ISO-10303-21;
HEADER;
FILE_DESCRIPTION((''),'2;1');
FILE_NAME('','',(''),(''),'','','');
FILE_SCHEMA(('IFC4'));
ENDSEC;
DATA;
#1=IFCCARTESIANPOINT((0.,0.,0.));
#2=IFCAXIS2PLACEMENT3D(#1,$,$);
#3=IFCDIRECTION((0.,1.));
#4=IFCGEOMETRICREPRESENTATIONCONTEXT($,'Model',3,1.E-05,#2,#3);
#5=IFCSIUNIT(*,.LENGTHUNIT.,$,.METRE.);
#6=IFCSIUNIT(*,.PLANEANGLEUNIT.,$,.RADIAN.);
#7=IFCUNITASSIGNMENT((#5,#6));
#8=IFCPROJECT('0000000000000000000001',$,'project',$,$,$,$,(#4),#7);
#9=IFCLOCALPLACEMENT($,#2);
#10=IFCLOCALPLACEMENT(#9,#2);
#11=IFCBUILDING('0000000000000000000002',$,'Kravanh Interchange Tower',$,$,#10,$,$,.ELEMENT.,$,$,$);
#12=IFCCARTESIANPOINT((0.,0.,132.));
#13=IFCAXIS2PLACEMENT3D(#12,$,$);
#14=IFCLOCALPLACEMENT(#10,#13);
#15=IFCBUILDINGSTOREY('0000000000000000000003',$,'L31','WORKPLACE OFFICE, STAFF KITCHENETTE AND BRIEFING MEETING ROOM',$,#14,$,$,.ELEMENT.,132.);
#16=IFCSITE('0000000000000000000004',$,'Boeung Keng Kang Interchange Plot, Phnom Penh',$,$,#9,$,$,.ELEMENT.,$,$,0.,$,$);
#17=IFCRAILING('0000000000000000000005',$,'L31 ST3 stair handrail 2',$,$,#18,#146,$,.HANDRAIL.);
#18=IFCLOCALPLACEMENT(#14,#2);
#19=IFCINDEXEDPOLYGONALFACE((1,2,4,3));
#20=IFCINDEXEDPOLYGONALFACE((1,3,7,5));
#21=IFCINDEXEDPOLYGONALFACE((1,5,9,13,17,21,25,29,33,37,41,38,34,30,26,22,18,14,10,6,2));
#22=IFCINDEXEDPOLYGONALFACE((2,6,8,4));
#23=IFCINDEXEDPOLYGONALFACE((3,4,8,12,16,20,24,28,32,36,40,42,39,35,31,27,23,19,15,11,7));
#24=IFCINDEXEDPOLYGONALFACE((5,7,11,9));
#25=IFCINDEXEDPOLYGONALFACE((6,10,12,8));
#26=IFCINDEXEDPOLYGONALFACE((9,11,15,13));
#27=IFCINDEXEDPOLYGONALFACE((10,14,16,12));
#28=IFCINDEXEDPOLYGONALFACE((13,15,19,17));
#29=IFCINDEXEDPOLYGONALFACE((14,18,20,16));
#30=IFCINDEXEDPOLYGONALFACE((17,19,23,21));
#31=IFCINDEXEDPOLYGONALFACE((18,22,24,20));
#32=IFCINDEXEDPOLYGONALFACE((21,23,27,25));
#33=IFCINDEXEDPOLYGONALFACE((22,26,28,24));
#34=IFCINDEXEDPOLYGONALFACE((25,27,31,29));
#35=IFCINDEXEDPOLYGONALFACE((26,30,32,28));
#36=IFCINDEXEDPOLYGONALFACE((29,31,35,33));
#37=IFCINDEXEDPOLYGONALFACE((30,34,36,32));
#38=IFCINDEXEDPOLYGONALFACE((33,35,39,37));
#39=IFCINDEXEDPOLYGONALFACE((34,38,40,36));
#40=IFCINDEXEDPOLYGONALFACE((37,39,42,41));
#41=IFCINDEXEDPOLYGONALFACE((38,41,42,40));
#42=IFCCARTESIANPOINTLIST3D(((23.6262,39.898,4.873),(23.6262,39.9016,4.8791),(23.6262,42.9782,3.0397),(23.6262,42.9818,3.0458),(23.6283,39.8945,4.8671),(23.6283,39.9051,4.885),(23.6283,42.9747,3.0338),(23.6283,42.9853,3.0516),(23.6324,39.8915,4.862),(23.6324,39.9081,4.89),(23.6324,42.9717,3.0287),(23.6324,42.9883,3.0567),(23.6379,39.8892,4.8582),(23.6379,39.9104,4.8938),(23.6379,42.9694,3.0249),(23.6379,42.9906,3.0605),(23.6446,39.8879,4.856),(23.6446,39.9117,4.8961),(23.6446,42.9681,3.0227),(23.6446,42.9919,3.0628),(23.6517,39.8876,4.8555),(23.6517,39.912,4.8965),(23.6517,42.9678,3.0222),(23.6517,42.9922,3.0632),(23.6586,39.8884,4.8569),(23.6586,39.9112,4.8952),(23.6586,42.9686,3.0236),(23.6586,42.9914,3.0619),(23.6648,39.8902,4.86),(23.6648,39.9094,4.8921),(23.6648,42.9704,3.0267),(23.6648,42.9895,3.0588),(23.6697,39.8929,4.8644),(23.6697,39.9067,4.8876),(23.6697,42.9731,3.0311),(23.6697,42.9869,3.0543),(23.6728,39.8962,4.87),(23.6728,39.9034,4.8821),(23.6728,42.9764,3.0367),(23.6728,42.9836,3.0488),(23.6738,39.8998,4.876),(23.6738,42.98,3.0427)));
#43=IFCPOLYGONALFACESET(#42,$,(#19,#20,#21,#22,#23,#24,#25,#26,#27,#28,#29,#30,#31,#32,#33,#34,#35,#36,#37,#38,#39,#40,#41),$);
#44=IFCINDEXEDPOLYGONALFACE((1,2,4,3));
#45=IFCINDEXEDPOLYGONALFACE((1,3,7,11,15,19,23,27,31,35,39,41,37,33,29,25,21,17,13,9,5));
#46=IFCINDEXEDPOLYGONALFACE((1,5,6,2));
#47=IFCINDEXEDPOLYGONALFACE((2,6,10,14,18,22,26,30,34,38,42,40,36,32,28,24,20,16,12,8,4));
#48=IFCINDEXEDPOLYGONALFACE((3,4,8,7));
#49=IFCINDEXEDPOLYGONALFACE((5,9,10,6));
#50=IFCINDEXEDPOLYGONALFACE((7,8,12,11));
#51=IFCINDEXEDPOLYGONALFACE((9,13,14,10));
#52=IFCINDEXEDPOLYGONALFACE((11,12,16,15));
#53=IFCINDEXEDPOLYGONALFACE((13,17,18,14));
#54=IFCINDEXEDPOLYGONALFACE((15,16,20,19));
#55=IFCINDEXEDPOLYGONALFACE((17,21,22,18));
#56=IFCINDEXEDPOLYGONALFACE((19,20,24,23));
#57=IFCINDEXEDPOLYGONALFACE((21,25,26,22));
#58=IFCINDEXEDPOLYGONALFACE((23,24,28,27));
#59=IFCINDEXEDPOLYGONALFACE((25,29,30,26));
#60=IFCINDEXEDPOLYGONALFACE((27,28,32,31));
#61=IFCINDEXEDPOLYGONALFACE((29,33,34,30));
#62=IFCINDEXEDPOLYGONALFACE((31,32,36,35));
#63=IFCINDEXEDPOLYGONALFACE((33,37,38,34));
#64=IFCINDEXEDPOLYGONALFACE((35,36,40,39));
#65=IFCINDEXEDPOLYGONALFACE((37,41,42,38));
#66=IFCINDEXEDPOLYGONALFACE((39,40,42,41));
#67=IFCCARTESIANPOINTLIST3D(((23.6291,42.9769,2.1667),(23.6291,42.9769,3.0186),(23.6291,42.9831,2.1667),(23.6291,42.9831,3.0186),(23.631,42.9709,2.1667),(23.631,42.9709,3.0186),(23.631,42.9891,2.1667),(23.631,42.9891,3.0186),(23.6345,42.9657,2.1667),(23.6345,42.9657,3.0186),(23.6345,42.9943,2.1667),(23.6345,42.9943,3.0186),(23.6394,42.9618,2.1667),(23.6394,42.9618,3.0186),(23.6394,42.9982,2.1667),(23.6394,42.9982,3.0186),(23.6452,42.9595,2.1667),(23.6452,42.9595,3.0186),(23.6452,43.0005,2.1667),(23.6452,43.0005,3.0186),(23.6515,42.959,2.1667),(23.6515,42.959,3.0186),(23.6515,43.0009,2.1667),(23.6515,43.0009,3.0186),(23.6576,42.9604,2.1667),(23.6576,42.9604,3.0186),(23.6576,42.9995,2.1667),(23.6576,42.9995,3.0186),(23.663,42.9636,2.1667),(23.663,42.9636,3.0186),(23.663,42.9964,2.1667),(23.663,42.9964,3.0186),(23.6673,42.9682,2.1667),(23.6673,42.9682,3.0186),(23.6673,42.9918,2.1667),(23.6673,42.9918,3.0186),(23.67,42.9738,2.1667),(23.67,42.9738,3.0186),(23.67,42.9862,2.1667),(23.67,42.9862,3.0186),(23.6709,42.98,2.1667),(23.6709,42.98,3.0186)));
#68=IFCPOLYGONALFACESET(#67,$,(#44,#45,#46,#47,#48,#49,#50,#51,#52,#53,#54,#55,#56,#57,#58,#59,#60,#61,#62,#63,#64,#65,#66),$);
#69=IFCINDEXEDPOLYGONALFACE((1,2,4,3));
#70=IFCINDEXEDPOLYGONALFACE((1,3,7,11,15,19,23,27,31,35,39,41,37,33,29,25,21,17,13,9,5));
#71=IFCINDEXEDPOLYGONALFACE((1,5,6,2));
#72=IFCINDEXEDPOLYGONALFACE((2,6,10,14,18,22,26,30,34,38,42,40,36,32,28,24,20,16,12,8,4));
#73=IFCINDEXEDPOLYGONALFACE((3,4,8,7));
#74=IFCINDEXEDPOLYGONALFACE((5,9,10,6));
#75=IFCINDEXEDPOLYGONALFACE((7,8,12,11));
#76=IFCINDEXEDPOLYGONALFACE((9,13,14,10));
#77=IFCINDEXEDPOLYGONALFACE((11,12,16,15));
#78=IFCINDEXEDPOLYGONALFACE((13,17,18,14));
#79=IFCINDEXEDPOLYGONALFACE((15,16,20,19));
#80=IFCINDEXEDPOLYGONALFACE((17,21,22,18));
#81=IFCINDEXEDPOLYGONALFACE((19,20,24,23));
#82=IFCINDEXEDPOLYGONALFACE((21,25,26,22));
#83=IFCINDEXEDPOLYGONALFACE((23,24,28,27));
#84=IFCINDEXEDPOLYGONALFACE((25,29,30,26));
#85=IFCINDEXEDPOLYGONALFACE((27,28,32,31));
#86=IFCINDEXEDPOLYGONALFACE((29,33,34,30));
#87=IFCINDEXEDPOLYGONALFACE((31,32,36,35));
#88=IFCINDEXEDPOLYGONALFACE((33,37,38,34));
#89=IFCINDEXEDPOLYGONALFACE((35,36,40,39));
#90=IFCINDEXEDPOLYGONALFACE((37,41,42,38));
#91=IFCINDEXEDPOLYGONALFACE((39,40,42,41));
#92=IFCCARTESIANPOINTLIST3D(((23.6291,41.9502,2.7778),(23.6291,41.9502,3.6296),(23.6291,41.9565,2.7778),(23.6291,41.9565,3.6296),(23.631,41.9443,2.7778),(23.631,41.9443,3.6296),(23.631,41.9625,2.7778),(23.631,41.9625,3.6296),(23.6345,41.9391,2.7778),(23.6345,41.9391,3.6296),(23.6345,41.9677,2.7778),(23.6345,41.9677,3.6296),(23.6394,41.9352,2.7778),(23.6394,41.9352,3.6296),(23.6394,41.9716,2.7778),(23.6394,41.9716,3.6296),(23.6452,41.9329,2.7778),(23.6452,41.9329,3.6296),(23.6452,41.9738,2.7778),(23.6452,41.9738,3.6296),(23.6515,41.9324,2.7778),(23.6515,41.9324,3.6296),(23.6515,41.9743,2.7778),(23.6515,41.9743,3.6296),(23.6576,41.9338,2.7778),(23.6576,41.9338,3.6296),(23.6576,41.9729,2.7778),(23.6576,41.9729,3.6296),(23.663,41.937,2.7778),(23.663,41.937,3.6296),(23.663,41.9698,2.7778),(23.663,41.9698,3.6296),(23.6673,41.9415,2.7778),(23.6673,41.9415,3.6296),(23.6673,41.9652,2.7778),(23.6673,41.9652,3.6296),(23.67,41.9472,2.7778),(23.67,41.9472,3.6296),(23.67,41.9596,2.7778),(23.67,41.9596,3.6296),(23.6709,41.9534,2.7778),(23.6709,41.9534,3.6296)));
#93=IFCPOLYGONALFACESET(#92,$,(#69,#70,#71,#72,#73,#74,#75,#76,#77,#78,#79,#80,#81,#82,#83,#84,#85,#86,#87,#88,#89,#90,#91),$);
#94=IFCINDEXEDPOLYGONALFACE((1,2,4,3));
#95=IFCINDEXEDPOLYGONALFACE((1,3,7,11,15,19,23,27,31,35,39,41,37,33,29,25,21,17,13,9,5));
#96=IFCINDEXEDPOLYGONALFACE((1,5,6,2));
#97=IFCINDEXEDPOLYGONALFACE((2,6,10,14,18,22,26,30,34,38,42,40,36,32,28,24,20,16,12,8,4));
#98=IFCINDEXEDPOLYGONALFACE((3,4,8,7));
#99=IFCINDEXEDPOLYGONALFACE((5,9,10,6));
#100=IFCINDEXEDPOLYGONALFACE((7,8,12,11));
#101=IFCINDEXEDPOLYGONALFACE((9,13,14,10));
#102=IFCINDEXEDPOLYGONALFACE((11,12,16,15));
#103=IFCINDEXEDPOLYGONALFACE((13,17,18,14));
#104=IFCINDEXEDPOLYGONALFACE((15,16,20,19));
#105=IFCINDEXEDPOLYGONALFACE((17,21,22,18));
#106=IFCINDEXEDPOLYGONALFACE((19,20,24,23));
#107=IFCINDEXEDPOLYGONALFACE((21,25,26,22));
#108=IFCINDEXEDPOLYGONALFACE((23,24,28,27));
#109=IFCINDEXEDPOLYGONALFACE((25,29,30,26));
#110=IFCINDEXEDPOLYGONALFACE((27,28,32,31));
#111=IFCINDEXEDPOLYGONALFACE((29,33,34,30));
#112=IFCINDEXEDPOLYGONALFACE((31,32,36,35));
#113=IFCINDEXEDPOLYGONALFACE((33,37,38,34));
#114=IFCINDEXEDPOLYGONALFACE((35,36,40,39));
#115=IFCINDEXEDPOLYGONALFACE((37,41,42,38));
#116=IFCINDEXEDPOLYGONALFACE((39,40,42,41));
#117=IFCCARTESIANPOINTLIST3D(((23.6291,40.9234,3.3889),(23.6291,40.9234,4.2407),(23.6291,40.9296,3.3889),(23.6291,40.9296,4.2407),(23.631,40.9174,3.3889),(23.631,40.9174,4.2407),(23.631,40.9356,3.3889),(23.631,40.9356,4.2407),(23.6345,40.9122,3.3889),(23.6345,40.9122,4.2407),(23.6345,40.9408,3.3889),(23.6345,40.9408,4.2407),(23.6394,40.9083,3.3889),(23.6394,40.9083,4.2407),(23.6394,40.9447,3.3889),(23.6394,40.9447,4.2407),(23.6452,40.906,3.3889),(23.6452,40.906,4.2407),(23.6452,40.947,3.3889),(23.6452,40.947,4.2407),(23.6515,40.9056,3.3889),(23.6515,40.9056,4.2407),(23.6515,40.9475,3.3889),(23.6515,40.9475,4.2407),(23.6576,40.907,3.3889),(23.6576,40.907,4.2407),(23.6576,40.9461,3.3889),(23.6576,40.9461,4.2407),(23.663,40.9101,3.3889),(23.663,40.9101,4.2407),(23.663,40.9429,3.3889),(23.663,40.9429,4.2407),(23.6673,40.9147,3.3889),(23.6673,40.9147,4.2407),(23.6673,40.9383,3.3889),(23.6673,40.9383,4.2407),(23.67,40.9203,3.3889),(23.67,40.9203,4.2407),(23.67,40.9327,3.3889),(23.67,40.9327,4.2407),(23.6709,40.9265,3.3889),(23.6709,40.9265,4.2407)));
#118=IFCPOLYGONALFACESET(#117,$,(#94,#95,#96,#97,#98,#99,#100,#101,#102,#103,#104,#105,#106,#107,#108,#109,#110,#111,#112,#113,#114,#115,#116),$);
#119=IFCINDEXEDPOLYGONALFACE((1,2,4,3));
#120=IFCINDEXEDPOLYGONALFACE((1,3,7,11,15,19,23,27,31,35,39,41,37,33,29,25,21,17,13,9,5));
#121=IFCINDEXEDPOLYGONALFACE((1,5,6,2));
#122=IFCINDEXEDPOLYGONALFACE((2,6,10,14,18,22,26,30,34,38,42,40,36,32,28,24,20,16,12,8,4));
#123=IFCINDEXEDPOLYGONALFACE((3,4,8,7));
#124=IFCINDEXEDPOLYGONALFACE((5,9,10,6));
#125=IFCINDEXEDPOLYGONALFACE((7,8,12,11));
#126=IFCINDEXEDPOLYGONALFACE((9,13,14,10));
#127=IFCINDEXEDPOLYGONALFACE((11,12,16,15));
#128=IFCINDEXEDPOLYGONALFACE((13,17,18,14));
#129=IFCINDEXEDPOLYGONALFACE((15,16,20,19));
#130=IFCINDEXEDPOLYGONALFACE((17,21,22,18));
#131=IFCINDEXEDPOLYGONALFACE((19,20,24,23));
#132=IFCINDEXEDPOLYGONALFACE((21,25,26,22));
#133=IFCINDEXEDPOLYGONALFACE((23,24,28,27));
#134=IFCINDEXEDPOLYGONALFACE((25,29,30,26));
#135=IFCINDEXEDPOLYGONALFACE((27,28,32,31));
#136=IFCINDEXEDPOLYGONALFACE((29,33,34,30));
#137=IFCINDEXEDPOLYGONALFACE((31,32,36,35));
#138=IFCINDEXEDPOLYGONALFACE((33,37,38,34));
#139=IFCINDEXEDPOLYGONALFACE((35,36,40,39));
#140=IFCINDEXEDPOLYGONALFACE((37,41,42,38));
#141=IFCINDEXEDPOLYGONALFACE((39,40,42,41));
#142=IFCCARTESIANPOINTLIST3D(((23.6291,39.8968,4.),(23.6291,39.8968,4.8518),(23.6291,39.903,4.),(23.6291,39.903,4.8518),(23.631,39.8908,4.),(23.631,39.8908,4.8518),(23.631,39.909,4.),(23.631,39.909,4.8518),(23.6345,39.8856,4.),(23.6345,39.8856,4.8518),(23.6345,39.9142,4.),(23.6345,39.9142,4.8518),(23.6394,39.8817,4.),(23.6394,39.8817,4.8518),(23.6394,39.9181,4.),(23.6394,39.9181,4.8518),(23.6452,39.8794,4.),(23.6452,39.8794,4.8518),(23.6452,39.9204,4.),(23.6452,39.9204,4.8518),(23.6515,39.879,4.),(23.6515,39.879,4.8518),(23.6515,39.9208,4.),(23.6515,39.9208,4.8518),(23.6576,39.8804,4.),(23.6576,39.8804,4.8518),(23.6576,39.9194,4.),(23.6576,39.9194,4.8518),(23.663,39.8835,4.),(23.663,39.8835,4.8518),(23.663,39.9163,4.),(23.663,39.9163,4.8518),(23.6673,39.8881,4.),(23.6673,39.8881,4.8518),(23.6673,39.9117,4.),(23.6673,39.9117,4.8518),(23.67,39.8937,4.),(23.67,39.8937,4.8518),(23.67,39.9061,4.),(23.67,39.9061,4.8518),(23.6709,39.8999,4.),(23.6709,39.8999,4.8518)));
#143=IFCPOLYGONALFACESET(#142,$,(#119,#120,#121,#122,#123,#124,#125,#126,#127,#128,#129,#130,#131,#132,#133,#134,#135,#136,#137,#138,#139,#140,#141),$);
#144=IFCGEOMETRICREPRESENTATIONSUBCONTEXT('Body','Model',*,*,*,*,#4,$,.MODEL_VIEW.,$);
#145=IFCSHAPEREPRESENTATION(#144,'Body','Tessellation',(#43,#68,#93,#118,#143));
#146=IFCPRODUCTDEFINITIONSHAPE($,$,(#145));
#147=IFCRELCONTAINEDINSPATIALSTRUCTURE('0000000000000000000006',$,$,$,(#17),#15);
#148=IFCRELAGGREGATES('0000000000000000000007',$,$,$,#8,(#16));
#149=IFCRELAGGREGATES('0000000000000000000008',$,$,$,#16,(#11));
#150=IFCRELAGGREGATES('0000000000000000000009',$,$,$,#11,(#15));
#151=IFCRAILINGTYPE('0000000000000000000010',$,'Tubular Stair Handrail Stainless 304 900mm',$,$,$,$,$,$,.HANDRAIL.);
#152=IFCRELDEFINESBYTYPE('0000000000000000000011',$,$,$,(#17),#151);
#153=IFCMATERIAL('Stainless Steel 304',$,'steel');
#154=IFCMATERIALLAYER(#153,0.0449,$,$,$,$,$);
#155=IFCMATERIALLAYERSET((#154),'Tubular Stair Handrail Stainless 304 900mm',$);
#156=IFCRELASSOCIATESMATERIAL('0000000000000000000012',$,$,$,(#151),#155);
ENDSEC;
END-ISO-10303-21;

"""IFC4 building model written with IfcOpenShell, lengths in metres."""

from ifc_helpers import new_model, si_unit, direction, frame, origin, origin_2d, place, context, subcontext, project, spatial, circle, extrude, material, layer, layer_set, type_object, element, save


model = new_model("IFC4")

# Units and contexts
model_context = context("Model", 3, precision=1e-05, world=origin(), true_north=direction((0.0, 1.0)))
body_context = subcontext(model_context, "Body", "Model", "MODEL_VIEW")
ifc_project = project(units=[si_unit("LENGTHUNIT", "METRE"), si_unit("PLANEANGLEUNIT", "RADIAN")], contexts=[model_context])

# Site, building, storey
site_placement = place(None, origin())
site = spatial("IfcSite", under=ifc_project, at=site_placement, Name="Boeung Keng Kang Interchange Plot, Phnom Penh", CompositionType="ELEMENT", RefElevation=0.0)
building_placement = place(site_placement, origin())
building = spatial("IfcBuilding", under=site, at=building_placement, Name="Kravanh Interchange Tower", CompositionType="ELEMENT")
storey_placement = place(building_placement, frame((0.0, 0.0, 132.0)))
storey = spatial("IfcBuildingStorey", under=building, at=storey_placement, Name="L31", Description="WORKPLACE OFFICE, STAFF KITCHENETTE AND BRIEFING MEETING ROOM", CompositionType="ELEMENT", Elevation=132.0)

# Railing
ifc_material_1 = material(Name="Stainless Steel 304", Category="steel")
ifc_layer_1 = layer(ifc_material_1, 0.0449)
ifc_layer_set_1 = layer_set([ifc_layer_1], Name="Tubular Stair Handrail Stainless 304 900mm")
railing_type_1 = type_object("IfcRailingType", Name="Tubular Stair Handrail Stainless 304 900mm", PredefinedType="HANDRAIL", material=ifc_layer_set_1)
railing_1_placement = place(storey_placement, frame((23.6499, 42.98, 2.1667)))
element("IfcRailing", 1, at=railing_1_placement, inside=storey, type_object=railing_type_1, Name="L31 ST3 stair handrail 2", PredefinedType="HANDRAIL", context=body_context, shape_type="SweptSolid", body=[
    extrude(circle(Radius=0.0239, at=origin_2d()), frame((0.0, 0.0, 0.876), z_axis=(0.0, -0.859309, 0.511458), x_axis=(1.0, 0.0, 0.0)), (0.0, 0.0, 1.0), 3.5845),
    extrude(circle(Radius=0.021, at=origin_2d()), origin(), (0.0, 0.0, 1.0), 0.8518),
    extrude(circle(Radius=0.021, at=origin_2d()), frame((0.0, -1.0266, 0.6111)), (0.0, 0.0, 1.0), 0.8518),
    extrude(circle(Radius=0.021, at=origin_2d()), frame((0.0, -2.0535, 1.2222)), (0.0, 0.0, 1.0), 0.8518),
    extrude(circle(Radius=0.021, at=origin_2d()), frame((0.0, -3.0801, 1.8333)), (0.0, 0.0, 1.0), 0.8518),
])

save(model, "model.ifc")
